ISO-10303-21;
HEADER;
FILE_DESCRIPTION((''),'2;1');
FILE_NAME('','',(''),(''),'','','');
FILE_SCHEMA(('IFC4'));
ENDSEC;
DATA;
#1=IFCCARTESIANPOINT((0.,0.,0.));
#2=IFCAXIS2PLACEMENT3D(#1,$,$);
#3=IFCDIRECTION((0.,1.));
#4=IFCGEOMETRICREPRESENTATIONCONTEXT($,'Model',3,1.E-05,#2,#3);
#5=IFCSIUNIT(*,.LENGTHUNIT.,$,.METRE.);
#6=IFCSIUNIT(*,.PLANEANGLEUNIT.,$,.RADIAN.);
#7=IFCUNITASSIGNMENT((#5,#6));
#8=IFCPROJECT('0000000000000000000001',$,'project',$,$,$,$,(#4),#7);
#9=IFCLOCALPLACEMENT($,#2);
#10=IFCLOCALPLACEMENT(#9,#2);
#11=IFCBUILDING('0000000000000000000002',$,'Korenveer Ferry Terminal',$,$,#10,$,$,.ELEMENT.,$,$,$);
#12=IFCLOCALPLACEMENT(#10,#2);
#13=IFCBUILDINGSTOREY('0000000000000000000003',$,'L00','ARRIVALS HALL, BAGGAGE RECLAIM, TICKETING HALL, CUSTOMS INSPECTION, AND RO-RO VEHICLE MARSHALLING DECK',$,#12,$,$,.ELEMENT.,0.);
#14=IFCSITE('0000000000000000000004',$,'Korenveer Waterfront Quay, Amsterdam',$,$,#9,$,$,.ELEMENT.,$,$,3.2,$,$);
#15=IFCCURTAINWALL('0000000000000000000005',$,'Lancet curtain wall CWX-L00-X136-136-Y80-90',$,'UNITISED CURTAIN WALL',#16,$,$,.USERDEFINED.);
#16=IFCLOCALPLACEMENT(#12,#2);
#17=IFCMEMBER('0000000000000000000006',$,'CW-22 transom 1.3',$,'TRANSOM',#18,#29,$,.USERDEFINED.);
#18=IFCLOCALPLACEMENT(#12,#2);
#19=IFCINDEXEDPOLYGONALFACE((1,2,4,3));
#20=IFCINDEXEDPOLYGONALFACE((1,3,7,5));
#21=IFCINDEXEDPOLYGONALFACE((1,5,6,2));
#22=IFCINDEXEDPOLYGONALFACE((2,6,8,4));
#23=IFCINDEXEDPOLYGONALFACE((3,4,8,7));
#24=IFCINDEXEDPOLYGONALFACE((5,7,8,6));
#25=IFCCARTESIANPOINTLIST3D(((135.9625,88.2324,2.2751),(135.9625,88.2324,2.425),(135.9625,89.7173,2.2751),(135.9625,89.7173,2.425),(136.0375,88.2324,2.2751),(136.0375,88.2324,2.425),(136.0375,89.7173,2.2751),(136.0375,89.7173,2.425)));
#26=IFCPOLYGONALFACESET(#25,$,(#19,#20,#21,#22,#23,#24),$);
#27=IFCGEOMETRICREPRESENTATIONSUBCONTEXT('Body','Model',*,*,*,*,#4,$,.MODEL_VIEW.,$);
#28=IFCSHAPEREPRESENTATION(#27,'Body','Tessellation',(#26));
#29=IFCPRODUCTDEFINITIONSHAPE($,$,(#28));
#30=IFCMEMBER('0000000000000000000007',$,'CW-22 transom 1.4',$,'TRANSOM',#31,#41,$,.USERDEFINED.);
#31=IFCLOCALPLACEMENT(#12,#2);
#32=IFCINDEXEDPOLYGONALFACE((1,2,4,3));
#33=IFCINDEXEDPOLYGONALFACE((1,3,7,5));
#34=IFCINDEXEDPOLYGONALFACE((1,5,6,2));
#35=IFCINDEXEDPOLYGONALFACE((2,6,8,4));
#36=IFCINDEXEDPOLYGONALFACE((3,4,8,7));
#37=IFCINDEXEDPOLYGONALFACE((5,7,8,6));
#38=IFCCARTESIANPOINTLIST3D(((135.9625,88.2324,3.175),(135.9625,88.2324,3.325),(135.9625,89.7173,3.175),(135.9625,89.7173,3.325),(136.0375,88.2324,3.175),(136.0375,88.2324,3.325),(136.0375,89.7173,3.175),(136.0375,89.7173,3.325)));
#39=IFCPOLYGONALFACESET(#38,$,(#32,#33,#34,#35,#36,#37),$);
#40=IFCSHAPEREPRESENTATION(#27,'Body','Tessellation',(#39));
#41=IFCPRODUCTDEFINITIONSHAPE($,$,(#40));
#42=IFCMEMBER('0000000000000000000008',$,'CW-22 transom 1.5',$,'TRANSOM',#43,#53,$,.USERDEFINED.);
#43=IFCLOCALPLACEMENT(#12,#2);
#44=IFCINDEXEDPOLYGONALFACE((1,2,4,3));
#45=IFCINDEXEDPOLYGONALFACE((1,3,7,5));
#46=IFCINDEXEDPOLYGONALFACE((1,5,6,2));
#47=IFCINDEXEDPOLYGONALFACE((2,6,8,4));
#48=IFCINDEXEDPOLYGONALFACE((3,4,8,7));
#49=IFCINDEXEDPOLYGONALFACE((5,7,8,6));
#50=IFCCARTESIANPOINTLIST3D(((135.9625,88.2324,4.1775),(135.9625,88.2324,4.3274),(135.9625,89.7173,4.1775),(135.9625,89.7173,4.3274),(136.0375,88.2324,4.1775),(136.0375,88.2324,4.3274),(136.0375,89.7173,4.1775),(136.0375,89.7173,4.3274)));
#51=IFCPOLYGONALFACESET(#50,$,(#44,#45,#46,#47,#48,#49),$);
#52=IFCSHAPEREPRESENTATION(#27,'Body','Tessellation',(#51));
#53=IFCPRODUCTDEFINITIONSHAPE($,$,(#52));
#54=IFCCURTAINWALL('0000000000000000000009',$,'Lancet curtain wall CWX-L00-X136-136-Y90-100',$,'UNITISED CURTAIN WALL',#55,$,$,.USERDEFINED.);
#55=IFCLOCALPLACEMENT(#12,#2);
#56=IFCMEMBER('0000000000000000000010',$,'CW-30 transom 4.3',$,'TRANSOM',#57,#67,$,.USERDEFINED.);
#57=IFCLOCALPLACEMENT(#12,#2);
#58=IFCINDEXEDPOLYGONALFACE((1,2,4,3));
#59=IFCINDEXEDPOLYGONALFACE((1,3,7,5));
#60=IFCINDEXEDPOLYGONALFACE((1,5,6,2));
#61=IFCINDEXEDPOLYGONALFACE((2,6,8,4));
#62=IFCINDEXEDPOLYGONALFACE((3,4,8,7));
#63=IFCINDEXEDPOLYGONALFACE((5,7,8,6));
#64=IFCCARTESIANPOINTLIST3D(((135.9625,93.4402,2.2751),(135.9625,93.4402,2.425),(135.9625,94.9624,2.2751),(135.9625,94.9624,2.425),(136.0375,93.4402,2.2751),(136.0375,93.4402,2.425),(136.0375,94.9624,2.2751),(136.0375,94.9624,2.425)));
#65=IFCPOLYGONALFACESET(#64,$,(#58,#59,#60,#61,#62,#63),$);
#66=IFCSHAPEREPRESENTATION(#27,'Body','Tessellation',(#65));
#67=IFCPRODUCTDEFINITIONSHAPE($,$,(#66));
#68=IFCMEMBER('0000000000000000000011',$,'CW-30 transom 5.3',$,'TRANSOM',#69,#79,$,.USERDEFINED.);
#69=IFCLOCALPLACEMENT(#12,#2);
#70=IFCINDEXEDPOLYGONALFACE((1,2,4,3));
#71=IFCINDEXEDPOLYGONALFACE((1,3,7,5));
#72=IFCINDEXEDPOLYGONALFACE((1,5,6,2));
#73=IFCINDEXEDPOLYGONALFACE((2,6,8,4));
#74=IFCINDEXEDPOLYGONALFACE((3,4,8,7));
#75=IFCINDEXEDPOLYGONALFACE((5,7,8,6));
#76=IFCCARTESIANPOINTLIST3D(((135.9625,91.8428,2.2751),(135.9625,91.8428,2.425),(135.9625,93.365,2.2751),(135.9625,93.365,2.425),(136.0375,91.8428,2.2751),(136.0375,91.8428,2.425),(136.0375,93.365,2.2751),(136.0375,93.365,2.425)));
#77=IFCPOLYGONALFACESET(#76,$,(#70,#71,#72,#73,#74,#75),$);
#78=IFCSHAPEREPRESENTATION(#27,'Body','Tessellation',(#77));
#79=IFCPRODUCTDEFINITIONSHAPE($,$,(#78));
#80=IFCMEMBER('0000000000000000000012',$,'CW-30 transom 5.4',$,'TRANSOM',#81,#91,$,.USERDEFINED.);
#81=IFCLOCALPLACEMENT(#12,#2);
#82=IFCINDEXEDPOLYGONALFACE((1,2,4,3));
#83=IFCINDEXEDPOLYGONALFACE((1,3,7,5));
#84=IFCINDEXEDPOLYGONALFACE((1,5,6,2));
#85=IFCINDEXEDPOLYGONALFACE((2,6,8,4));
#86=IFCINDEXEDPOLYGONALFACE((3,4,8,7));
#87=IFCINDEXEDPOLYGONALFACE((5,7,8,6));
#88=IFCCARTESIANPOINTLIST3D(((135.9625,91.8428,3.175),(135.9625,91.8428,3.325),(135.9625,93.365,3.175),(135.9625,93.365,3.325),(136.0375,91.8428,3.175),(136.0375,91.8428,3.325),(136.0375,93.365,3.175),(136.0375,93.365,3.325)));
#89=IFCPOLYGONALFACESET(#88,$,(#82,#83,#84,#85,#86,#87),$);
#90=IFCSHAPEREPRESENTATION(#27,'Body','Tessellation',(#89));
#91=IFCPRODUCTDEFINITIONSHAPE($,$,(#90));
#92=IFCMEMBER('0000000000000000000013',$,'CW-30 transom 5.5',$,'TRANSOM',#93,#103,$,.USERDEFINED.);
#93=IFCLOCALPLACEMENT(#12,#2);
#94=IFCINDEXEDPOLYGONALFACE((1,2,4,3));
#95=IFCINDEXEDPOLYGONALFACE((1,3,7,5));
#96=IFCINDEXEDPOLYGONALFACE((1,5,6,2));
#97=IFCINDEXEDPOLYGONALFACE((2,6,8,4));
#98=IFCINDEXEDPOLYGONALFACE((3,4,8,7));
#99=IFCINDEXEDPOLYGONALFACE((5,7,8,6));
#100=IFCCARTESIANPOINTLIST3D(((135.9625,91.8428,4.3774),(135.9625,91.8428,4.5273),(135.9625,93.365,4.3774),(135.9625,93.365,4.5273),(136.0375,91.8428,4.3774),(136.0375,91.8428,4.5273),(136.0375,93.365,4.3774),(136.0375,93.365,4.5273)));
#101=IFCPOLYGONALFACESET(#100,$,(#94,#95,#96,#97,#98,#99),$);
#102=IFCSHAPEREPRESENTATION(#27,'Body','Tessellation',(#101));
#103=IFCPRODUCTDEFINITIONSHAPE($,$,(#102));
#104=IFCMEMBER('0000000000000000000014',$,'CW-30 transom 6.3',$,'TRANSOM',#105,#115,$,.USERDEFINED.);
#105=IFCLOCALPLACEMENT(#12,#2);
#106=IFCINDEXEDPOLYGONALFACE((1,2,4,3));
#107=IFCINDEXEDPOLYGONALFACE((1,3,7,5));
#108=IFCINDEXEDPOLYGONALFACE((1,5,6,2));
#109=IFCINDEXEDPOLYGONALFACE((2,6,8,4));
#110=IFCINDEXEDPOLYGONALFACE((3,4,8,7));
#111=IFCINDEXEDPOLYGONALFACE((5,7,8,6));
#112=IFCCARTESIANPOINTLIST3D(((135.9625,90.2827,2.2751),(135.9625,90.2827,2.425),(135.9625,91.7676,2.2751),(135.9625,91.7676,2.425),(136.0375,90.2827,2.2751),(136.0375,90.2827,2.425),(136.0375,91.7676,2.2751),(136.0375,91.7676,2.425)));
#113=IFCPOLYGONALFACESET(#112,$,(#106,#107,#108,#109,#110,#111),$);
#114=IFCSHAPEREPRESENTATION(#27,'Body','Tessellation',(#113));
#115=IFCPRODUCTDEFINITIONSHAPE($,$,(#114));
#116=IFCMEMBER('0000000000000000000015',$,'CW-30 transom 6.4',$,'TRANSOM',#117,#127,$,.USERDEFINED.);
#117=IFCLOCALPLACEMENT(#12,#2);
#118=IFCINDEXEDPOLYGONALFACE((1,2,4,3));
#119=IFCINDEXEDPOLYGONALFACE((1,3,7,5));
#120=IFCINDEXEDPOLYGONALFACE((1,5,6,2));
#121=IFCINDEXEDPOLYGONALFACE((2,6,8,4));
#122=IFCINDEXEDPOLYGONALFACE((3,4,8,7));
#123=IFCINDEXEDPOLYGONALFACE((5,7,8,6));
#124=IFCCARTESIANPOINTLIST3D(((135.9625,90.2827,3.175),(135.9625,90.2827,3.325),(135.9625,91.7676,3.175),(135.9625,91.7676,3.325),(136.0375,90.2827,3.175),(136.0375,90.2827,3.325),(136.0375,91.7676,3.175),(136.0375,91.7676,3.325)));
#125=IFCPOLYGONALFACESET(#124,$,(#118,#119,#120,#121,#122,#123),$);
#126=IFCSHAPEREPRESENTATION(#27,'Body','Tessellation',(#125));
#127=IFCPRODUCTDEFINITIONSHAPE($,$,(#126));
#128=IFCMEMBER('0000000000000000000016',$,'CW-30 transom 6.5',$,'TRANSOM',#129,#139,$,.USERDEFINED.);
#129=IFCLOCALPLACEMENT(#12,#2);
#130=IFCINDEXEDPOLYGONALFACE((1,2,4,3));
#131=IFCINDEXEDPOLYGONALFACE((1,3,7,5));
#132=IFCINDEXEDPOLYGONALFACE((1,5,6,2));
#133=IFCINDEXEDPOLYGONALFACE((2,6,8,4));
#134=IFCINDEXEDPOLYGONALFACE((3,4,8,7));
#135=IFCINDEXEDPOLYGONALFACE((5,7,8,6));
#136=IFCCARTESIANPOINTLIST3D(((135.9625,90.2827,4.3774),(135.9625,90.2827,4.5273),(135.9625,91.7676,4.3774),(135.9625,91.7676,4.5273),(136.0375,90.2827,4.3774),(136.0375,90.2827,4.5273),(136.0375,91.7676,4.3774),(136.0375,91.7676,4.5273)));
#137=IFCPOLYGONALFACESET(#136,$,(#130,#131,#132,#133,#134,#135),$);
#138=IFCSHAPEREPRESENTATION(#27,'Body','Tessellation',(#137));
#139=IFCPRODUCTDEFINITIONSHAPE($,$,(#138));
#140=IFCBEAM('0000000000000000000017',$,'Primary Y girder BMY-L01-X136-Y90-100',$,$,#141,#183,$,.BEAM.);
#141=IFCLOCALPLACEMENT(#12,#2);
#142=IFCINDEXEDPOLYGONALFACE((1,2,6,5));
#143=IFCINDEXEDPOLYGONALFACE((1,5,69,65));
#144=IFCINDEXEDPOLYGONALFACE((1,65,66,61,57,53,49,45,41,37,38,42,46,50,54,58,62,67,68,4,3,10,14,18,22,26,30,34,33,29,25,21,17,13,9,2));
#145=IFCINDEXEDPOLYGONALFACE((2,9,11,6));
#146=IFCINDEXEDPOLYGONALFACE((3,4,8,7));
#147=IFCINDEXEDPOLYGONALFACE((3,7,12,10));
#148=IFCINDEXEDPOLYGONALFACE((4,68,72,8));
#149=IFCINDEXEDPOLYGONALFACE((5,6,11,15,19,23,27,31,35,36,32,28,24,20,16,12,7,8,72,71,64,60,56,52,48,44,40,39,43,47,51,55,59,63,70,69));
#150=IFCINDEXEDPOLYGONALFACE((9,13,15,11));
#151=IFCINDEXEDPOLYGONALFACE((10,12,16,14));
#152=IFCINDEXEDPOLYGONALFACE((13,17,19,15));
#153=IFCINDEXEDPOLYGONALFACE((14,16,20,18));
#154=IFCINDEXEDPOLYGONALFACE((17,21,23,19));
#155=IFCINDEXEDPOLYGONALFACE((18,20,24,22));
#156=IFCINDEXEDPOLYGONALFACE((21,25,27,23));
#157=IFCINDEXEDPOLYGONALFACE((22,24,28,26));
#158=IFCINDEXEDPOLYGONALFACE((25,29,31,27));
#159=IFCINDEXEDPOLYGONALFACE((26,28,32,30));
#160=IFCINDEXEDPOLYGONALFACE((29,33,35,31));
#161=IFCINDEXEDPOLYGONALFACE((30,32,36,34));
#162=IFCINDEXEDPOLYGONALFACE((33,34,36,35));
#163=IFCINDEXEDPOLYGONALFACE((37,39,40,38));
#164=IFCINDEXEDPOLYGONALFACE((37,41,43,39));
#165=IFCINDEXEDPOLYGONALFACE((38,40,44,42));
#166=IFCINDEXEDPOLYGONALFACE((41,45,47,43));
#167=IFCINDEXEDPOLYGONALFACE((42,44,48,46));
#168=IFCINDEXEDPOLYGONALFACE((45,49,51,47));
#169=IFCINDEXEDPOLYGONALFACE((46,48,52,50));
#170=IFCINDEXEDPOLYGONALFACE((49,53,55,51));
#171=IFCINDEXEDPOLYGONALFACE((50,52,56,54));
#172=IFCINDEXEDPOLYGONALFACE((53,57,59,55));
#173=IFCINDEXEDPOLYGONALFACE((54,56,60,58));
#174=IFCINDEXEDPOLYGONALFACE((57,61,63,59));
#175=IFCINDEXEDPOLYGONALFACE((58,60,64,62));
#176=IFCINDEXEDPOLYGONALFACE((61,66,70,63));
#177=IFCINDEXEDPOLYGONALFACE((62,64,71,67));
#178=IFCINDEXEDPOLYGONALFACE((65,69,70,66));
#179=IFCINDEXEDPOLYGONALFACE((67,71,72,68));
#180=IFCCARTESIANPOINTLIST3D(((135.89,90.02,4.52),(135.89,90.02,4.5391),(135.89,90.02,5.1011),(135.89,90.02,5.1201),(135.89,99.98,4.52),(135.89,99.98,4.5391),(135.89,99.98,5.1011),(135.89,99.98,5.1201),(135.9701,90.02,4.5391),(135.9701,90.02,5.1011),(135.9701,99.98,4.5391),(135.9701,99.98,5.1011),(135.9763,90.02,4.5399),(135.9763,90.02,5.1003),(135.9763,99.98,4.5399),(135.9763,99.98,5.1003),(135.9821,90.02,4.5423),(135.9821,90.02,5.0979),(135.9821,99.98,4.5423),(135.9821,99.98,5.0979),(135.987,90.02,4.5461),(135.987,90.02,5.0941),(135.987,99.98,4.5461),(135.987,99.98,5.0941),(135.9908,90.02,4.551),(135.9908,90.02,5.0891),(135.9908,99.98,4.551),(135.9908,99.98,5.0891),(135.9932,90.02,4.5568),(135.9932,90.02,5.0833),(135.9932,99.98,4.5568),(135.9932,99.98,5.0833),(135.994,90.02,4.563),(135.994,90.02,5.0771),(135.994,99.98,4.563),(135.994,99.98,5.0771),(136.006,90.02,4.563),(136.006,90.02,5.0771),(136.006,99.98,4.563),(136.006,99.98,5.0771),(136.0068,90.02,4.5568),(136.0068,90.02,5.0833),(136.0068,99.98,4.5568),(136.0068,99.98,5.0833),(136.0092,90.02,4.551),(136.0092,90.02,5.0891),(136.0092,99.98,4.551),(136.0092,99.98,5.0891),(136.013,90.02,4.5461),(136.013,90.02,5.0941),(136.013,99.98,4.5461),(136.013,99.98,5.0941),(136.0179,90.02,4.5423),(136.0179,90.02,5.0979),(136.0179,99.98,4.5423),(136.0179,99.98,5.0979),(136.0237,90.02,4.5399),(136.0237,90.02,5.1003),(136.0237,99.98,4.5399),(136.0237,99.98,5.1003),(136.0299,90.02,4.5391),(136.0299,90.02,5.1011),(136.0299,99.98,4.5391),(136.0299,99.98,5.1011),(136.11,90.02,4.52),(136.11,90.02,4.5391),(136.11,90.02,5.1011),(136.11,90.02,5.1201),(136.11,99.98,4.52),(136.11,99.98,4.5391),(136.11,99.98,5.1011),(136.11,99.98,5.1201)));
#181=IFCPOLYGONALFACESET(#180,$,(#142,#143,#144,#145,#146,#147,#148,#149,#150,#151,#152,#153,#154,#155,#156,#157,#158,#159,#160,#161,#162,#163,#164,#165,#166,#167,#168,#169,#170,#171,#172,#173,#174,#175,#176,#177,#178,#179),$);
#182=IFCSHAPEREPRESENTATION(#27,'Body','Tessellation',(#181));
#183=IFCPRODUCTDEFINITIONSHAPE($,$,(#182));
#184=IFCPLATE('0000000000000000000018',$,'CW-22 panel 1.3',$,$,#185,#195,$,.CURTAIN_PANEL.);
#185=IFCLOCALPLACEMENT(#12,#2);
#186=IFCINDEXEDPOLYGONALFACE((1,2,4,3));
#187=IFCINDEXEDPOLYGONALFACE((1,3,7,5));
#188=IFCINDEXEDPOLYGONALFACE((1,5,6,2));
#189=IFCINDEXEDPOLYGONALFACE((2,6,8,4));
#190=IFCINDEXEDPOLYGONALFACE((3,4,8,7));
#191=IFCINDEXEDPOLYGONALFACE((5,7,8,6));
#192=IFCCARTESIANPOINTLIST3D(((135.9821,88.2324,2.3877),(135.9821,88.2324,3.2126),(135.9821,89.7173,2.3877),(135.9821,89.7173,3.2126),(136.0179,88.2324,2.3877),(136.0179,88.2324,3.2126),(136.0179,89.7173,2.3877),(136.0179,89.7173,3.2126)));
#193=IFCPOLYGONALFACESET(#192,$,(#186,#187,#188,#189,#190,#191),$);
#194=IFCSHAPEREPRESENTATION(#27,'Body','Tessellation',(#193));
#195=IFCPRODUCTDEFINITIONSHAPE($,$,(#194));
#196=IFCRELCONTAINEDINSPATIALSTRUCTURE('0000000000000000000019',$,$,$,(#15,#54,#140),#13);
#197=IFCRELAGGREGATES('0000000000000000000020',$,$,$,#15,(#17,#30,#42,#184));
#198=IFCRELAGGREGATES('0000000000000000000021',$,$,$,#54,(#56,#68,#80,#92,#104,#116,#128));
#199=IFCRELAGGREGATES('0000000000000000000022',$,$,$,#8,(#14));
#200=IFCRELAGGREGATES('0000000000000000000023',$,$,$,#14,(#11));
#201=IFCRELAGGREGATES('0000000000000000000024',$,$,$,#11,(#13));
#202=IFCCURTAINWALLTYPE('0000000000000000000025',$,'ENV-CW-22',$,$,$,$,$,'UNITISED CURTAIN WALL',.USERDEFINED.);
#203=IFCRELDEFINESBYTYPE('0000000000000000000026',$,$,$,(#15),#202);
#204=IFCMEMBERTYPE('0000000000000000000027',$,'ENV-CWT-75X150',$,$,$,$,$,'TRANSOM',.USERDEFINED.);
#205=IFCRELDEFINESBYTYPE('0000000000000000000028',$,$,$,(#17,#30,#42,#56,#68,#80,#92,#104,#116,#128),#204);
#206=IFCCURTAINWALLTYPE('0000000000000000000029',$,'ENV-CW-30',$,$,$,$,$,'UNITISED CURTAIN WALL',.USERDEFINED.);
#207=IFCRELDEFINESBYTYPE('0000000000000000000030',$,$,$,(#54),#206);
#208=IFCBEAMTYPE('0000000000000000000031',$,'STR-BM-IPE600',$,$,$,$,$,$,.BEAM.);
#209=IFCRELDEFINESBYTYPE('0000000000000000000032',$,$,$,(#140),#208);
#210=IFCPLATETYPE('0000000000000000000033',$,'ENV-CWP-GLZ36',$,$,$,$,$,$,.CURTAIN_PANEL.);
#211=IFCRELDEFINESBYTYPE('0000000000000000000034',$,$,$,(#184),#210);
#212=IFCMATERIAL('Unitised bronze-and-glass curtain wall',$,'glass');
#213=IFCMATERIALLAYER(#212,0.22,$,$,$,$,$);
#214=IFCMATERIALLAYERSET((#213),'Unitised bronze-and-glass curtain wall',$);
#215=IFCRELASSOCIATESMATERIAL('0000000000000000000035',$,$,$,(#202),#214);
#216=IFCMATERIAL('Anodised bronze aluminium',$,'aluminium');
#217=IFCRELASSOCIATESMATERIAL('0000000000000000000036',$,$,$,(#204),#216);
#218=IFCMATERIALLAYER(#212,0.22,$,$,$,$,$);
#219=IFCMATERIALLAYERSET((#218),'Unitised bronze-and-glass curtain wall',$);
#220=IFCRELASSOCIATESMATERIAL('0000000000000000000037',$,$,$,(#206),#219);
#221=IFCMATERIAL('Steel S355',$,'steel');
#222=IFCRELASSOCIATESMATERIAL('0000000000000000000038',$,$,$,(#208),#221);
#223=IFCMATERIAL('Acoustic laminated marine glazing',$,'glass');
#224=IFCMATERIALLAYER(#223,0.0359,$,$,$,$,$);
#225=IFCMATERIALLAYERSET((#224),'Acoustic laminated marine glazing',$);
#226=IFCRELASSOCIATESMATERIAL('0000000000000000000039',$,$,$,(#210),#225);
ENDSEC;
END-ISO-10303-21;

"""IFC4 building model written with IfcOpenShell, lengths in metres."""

from ifc_helpers import new_model, si_unit, direction, frame, origin, origin_2d, place, context, subcontext, project, spatial, rectangle, i_section, extrude, material, layer, layer_set, material_profile, profile_set, type_object, element, aggregate, save


model = new_model("IFC4")

# Units and contexts
model_context = context("Model", 3, precision=1e-05, world=origin(), true_north=direction((0.0, 1.0)))
body_context = subcontext(model_context, "Body", "Model", "MODEL_VIEW")
ifc_project = project(units=[si_unit("LENGTHUNIT", "METRE"), si_unit("PLANEANGLEUNIT", "RADIAN")], contexts=[model_context])

# Site, building, storey
site_placement = place(None, origin())
site = spatial("IfcSite", under=ifc_project, at=site_placement, Name="Korenveer Waterfront Quay, Amsterdam", CompositionType="ELEMENT", RefElevation=3.2)
building_placement = place(site_placement, origin())
building = spatial("IfcBuilding", under=site, at=building_placement, Name="Korenveer Ferry Terminal", CompositionType="ELEMENT")
storey_placement = place(building_placement, origin())
storey = spatial("IfcBuildingStorey", under=building, at=storey_placement, Name="L00", Description="ARRIVALS HALL, BAGGAGE RECLAIM, TICKETING HALL, CUSTOMS INSPECTION, AND RO-RO VEHICLE MARSHALLING DECK", CompositionType="ELEMENT", Elevation=0.0)

# Curtain walls, members
ifc_material_1 = material(Name="Unitised bronze-and-glass curtain wall", Category="glass")
ifc_layer_1 = layer(ifc_material_1, 0.22)
ifc_layer_set_1 = layer_set([ifc_layer_1], Name="Unitised bronze-and-glass curtain wall")
curtain_wall_type_1 = type_object("IfcCurtainWallType", Name="ENV-CW-22", ElementType="UNITISED CURTAIN WALL", PredefinedType="USERDEFINED", material=ifc_layer_set_1)
curtain_wall_1_placement = place(storey_placement, frame((136.0, 89.7922, 0.0)))
curtain_wall_1 = element("IfcCurtainWall", 1, at=curtain_wall_1_placement, inside=storey, type_object=curtain_wall_type_1, Name="Lancet curtain wall CWX-L00-X136-136-Y80-90", ObjectType="UNITISED CURTAIN WALL", PredefinedType="USERDEFINED")
ifc_material_2 = material(Name="Anodised bronze aluminium", Category="aluminium")
ifc_material_profile_1 = material_profile(ifc_material_2, rectangle(XDim=0.075, YDim=0.1499, at=origin_2d()), Name="ALU 75x150")
ifc_profile_set_1 = profile_set([ifc_material_profile_1], Name="Anodised bronze aluminium")
member_type = type_object("IfcMemberType", Name="ENV-CWT-75X150", ElementType="TRANSOM", PredefinedType="USERDEFINED", material=ifc_profile_set_1)
member_1_placement = place(storey_placement, frame((136.0, 89.7173, 2.3501), z_axis=(0.0, -1.0, 0.0), x_axis=(1.0, 0.0, 0.0)))
member_1 = element("IfcMember", 2, at=member_1_placement, type_object=member_type, Name="CW-22 transom 1.3", ObjectType="TRANSOM", PredefinedType="USERDEFINED", context=body_context, shape_type="SweptSolid", body=[
    extrude(rectangle(XDim=0.075, YDim=0.1499, at=origin_2d()), origin(), (0.0, 0.0, 1.0), 1.4849),
])
member_2_placement = place(storey_placement, frame((136.0, 89.7173, 3.25), z_axis=(0.0, -1.0, 0.0), x_axis=(1.0, 0.0, 0.0)))
member_2 = element("IfcMember", 3, at=member_2_placement, type_object=member_type, Name="CW-22 transom 1.4", ObjectType="TRANSOM", PredefinedType="USERDEFINED", context=body_context, shape_type="SweptSolid", body=[
    extrude(rectangle(XDim=0.075, YDim=0.1499, at=origin_2d()), origin(), (0.0, 0.0, 1.0), 1.4849),
])
member_3_placement = place(storey_placement, frame((136.0, 89.7173, 4.2524), z_axis=(0.0, -1.0, 0.0), x_axis=(1.0, 0.0, 0.0)))
member_3 = element("IfcMember", 4, at=member_3_placement, type_object=member_type, Name="CW-22 transom 1.5", ObjectType="TRANSOM", PredefinedType="USERDEFINED", context=body_context, shape_type="SweptSolid", body=[
    extrude(rectangle(XDim=0.075, YDim=0.1499, at=origin_2d()), origin(), (0.0, 0.0, 1.0), 1.4849),
])
ifc_layer_2 = layer(ifc_material_1, 0.22)
ifc_layer_set_2 = layer_set([ifc_layer_2], Name="Unitised bronze-and-glass curtain wall")
curtain_wall_type_2 = type_object("IfcCurtainWallType", Name="ENV-CW-30", ElementType="UNITISED CURTAIN WALL", PredefinedType="USERDEFINED", material=ifc_layer_set_2)
curtain_wall_2_placement = place(storey_placement, frame((136.0, 99.7922, 0.0)))
curtain_wall_2 = element("IfcCurtainWall", 5, at=curtain_wall_2_placement, inside=storey, type_object=curtain_wall_type_2, Name="Lancet curtain wall CWX-L00-X136-136-Y90-100", ObjectType="UNITISED CURTAIN WALL", PredefinedType="USERDEFINED")
member_4_placement = place(storey_placement, frame((136.0, 94.9624, 2.3501), z_axis=(0.0, -1.0, 0.0), x_axis=(1.0, 0.0, 0.0)))
member_4 = element("IfcMember", 6, at=member_4_placement, type_object=member_type, Name="CW-30 transom 4.3", ObjectType="TRANSOM", PredefinedType="USERDEFINED", context=body_context, shape_type="SweptSolid", body=[
    extrude(rectangle(XDim=0.075, YDim=0.1499, at=origin_2d()), origin(), (0.0, 0.0, 1.0), 1.5222),
])
member_5_placement = place(storey_placement, frame((136.0, 93.365, 2.3501), z_axis=(0.0, -1.0, 0.0), x_axis=(1.0, 0.0, 0.0)))
member_5 = element("IfcMember", 7, at=member_5_placement, type_object=member_type, Name="CW-30 transom 5.3", ObjectType="TRANSOM", PredefinedType="USERDEFINED", context=body_context, shape_type="SweptSolid", body=[
    extrude(rectangle(XDim=0.075, YDim=0.1499, at=origin_2d()), origin(), (0.0, 0.0, 1.0), 1.5222),
])
member_6_placement = place(storey_placement, frame((136.0, 93.365, 3.25), z_axis=(0.0, -1.0, 0.0), x_axis=(1.0, 0.0, 0.0)))
member_6 = element("IfcMember", 8, at=member_6_placement, type_object=member_type, Name="CW-30 transom 5.4", ObjectType="TRANSOM", PredefinedType="USERDEFINED", context=body_context, shape_type="SweptSolid", body=[
    extrude(rectangle(XDim=0.075, YDim=0.1499, at=origin_2d()), origin(), (0.0, 0.0, 1.0), 1.5222),
])
member_7_placement = place(storey_placement, frame((136.0, 93.365, 4.4524), z_axis=(0.0, -1.0, 0.0), x_axis=(1.0, 0.0, 0.0)))
member_7 = element("IfcMember", 9, at=member_7_placement, type_object=member_type, Name="CW-30 transom 5.5", ObjectType="TRANSOM", PredefinedType="USERDEFINED", context=body_context, shape_type="SweptSolid", body=[
    extrude(rectangle(XDim=0.075, YDim=0.1499, at=origin_2d()), origin(), (0.0, 0.0, 1.0), 1.5222),
])
member_8_placement = place(storey_placement, frame((136.0, 91.7676, 2.3501), z_axis=(0.0, -1.0, 0.0), x_axis=(1.0, 0.0, 0.0)))
member_8 = element("IfcMember", 10, at=member_8_placement, type_object=member_type, Name="CW-30 transom 6.3", ObjectType="TRANSOM", PredefinedType="USERDEFINED", context=body_context, shape_type="SweptSolid", body=[
    extrude(rectangle(XDim=0.075, YDim=0.1499, at=origin_2d()), origin(), (0.0, 0.0, 1.0), 1.4849),
])
member_9_placement = place(storey_placement, frame((136.0, 91.7676, 3.25), z_axis=(0.0, -1.0, 0.0), x_axis=(1.0, 0.0, 0.0)))
member_9 = element("IfcMember", 11, at=member_9_placement, type_object=member_type, Name="CW-30 transom 6.4", ObjectType="TRANSOM", PredefinedType="USERDEFINED", context=body_context, shape_type="SweptSolid", body=[
    extrude(rectangle(XDim=0.075, YDim=0.1499, at=origin_2d()), origin(), (0.0, 0.0, 1.0), 1.4849),
])
member_10_placement = place(storey_placement, frame((136.0, 91.7676, 4.4524), z_axis=(0.0, -1.0, 0.0), x_axis=(1.0, 0.0, 0.0)))
member_10 = element("IfcMember", 12, at=member_10_placement, type_object=member_type, Name="CW-30 transom 6.5", ObjectType="TRANSOM", PredefinedType="USERDEFINED", context=body_context, shape_type="SweptSolid", body=[
    extrude(rectangle(XDim=0.075, YDim=0.1499, at=origin_2d()), origin(), (0.0, 0.0, 1.0), 1.4849),
])

# Beam
ifc_material_3 = material(Name="Steel S355", Category="steel")
ifc_material_profile_2 = material_profile(ifc_material_3, i_section(OverallWidth=0.22, OverallDepth=0.6001, WebThickness=0.012, FlangeThickness=0.019, FilletRadius=0.0239, at=origin_2d()), Name="IPE 600")
ifc_profile_set_2 = profile_set([ifc_material_profile_2], Name="Steel S355")
beam_type = type_object("IfcBeamType", Name="STR-BM-IPE600", PredefinedType="BEAM", material=ifc_profile_set_2)
beam_placement = place(storey_placement, frame((136.0, 90.02, 4.8201), z_axis=(0.0, 1.0, 0.0), x_axis=(-1.0, 0.0, 0.0)))
element("IfcBeam", 13, at=beam_placement, inside=storey, type_object=beam_type, Name="Primary Y girder BMY-L01-X136-Y90-100", PredefinedType="BEAM", context=body_context, shape_type="SweptSolid", body=[
    extrude(i_section(OverallWidth=0.22, OverallDepth=0.6001, WebThickness=0.012, FlangeThickness=0.019, FilletRadius=0.0239, at=origin_2d()), origin(), (0.0, 0.0, 1.0), 9.96),
])

# Plate
ifc_material_4 = material(Name="Acoustic laminated marine glazing", Category="glass")
ifc_layer_3 = layer(ifc_material_4, 0.0359)
ifc_layer_set_3 = layer_set([ifc_layer_3], Name="Acoustic laminated marine glazing")
plate_type = type_object("IfcPlateType", Name="ENV-CWP-GLZ36", PredefinedType="CURTAIN_PANEL", material=ifc_layer_set_3)
plate_1_placement = place(storey_placement, frame((136.0, 88.9749, 2.3877), z_axis=(0.0, 0.0, 1.0), x_axis=(0.0, -1.0, 0.0)))
plate_1 = element("IfcPlate", 14, at=plate_1_placement, type_object=plate_type, Name="CW-22 panel 1.3", PredefinedType="CURTAIN_PANEL", context=body_context, shape_type="SweptSolid", body=[
    extrude(rectangle(XDim=1.4849, YDim=0.0359, at=origin_2d()), origin(), (0.0, 0.0, 1.0), 0.825),
])
aggregate(curtain_wall_1, [member_1, member_2, member_3, plate_1])
aggregate(curtain_wall_2, [member_4, member_5, member_6, member_7, member_8, member_9, member_10])

save(model, "model.ifc")
